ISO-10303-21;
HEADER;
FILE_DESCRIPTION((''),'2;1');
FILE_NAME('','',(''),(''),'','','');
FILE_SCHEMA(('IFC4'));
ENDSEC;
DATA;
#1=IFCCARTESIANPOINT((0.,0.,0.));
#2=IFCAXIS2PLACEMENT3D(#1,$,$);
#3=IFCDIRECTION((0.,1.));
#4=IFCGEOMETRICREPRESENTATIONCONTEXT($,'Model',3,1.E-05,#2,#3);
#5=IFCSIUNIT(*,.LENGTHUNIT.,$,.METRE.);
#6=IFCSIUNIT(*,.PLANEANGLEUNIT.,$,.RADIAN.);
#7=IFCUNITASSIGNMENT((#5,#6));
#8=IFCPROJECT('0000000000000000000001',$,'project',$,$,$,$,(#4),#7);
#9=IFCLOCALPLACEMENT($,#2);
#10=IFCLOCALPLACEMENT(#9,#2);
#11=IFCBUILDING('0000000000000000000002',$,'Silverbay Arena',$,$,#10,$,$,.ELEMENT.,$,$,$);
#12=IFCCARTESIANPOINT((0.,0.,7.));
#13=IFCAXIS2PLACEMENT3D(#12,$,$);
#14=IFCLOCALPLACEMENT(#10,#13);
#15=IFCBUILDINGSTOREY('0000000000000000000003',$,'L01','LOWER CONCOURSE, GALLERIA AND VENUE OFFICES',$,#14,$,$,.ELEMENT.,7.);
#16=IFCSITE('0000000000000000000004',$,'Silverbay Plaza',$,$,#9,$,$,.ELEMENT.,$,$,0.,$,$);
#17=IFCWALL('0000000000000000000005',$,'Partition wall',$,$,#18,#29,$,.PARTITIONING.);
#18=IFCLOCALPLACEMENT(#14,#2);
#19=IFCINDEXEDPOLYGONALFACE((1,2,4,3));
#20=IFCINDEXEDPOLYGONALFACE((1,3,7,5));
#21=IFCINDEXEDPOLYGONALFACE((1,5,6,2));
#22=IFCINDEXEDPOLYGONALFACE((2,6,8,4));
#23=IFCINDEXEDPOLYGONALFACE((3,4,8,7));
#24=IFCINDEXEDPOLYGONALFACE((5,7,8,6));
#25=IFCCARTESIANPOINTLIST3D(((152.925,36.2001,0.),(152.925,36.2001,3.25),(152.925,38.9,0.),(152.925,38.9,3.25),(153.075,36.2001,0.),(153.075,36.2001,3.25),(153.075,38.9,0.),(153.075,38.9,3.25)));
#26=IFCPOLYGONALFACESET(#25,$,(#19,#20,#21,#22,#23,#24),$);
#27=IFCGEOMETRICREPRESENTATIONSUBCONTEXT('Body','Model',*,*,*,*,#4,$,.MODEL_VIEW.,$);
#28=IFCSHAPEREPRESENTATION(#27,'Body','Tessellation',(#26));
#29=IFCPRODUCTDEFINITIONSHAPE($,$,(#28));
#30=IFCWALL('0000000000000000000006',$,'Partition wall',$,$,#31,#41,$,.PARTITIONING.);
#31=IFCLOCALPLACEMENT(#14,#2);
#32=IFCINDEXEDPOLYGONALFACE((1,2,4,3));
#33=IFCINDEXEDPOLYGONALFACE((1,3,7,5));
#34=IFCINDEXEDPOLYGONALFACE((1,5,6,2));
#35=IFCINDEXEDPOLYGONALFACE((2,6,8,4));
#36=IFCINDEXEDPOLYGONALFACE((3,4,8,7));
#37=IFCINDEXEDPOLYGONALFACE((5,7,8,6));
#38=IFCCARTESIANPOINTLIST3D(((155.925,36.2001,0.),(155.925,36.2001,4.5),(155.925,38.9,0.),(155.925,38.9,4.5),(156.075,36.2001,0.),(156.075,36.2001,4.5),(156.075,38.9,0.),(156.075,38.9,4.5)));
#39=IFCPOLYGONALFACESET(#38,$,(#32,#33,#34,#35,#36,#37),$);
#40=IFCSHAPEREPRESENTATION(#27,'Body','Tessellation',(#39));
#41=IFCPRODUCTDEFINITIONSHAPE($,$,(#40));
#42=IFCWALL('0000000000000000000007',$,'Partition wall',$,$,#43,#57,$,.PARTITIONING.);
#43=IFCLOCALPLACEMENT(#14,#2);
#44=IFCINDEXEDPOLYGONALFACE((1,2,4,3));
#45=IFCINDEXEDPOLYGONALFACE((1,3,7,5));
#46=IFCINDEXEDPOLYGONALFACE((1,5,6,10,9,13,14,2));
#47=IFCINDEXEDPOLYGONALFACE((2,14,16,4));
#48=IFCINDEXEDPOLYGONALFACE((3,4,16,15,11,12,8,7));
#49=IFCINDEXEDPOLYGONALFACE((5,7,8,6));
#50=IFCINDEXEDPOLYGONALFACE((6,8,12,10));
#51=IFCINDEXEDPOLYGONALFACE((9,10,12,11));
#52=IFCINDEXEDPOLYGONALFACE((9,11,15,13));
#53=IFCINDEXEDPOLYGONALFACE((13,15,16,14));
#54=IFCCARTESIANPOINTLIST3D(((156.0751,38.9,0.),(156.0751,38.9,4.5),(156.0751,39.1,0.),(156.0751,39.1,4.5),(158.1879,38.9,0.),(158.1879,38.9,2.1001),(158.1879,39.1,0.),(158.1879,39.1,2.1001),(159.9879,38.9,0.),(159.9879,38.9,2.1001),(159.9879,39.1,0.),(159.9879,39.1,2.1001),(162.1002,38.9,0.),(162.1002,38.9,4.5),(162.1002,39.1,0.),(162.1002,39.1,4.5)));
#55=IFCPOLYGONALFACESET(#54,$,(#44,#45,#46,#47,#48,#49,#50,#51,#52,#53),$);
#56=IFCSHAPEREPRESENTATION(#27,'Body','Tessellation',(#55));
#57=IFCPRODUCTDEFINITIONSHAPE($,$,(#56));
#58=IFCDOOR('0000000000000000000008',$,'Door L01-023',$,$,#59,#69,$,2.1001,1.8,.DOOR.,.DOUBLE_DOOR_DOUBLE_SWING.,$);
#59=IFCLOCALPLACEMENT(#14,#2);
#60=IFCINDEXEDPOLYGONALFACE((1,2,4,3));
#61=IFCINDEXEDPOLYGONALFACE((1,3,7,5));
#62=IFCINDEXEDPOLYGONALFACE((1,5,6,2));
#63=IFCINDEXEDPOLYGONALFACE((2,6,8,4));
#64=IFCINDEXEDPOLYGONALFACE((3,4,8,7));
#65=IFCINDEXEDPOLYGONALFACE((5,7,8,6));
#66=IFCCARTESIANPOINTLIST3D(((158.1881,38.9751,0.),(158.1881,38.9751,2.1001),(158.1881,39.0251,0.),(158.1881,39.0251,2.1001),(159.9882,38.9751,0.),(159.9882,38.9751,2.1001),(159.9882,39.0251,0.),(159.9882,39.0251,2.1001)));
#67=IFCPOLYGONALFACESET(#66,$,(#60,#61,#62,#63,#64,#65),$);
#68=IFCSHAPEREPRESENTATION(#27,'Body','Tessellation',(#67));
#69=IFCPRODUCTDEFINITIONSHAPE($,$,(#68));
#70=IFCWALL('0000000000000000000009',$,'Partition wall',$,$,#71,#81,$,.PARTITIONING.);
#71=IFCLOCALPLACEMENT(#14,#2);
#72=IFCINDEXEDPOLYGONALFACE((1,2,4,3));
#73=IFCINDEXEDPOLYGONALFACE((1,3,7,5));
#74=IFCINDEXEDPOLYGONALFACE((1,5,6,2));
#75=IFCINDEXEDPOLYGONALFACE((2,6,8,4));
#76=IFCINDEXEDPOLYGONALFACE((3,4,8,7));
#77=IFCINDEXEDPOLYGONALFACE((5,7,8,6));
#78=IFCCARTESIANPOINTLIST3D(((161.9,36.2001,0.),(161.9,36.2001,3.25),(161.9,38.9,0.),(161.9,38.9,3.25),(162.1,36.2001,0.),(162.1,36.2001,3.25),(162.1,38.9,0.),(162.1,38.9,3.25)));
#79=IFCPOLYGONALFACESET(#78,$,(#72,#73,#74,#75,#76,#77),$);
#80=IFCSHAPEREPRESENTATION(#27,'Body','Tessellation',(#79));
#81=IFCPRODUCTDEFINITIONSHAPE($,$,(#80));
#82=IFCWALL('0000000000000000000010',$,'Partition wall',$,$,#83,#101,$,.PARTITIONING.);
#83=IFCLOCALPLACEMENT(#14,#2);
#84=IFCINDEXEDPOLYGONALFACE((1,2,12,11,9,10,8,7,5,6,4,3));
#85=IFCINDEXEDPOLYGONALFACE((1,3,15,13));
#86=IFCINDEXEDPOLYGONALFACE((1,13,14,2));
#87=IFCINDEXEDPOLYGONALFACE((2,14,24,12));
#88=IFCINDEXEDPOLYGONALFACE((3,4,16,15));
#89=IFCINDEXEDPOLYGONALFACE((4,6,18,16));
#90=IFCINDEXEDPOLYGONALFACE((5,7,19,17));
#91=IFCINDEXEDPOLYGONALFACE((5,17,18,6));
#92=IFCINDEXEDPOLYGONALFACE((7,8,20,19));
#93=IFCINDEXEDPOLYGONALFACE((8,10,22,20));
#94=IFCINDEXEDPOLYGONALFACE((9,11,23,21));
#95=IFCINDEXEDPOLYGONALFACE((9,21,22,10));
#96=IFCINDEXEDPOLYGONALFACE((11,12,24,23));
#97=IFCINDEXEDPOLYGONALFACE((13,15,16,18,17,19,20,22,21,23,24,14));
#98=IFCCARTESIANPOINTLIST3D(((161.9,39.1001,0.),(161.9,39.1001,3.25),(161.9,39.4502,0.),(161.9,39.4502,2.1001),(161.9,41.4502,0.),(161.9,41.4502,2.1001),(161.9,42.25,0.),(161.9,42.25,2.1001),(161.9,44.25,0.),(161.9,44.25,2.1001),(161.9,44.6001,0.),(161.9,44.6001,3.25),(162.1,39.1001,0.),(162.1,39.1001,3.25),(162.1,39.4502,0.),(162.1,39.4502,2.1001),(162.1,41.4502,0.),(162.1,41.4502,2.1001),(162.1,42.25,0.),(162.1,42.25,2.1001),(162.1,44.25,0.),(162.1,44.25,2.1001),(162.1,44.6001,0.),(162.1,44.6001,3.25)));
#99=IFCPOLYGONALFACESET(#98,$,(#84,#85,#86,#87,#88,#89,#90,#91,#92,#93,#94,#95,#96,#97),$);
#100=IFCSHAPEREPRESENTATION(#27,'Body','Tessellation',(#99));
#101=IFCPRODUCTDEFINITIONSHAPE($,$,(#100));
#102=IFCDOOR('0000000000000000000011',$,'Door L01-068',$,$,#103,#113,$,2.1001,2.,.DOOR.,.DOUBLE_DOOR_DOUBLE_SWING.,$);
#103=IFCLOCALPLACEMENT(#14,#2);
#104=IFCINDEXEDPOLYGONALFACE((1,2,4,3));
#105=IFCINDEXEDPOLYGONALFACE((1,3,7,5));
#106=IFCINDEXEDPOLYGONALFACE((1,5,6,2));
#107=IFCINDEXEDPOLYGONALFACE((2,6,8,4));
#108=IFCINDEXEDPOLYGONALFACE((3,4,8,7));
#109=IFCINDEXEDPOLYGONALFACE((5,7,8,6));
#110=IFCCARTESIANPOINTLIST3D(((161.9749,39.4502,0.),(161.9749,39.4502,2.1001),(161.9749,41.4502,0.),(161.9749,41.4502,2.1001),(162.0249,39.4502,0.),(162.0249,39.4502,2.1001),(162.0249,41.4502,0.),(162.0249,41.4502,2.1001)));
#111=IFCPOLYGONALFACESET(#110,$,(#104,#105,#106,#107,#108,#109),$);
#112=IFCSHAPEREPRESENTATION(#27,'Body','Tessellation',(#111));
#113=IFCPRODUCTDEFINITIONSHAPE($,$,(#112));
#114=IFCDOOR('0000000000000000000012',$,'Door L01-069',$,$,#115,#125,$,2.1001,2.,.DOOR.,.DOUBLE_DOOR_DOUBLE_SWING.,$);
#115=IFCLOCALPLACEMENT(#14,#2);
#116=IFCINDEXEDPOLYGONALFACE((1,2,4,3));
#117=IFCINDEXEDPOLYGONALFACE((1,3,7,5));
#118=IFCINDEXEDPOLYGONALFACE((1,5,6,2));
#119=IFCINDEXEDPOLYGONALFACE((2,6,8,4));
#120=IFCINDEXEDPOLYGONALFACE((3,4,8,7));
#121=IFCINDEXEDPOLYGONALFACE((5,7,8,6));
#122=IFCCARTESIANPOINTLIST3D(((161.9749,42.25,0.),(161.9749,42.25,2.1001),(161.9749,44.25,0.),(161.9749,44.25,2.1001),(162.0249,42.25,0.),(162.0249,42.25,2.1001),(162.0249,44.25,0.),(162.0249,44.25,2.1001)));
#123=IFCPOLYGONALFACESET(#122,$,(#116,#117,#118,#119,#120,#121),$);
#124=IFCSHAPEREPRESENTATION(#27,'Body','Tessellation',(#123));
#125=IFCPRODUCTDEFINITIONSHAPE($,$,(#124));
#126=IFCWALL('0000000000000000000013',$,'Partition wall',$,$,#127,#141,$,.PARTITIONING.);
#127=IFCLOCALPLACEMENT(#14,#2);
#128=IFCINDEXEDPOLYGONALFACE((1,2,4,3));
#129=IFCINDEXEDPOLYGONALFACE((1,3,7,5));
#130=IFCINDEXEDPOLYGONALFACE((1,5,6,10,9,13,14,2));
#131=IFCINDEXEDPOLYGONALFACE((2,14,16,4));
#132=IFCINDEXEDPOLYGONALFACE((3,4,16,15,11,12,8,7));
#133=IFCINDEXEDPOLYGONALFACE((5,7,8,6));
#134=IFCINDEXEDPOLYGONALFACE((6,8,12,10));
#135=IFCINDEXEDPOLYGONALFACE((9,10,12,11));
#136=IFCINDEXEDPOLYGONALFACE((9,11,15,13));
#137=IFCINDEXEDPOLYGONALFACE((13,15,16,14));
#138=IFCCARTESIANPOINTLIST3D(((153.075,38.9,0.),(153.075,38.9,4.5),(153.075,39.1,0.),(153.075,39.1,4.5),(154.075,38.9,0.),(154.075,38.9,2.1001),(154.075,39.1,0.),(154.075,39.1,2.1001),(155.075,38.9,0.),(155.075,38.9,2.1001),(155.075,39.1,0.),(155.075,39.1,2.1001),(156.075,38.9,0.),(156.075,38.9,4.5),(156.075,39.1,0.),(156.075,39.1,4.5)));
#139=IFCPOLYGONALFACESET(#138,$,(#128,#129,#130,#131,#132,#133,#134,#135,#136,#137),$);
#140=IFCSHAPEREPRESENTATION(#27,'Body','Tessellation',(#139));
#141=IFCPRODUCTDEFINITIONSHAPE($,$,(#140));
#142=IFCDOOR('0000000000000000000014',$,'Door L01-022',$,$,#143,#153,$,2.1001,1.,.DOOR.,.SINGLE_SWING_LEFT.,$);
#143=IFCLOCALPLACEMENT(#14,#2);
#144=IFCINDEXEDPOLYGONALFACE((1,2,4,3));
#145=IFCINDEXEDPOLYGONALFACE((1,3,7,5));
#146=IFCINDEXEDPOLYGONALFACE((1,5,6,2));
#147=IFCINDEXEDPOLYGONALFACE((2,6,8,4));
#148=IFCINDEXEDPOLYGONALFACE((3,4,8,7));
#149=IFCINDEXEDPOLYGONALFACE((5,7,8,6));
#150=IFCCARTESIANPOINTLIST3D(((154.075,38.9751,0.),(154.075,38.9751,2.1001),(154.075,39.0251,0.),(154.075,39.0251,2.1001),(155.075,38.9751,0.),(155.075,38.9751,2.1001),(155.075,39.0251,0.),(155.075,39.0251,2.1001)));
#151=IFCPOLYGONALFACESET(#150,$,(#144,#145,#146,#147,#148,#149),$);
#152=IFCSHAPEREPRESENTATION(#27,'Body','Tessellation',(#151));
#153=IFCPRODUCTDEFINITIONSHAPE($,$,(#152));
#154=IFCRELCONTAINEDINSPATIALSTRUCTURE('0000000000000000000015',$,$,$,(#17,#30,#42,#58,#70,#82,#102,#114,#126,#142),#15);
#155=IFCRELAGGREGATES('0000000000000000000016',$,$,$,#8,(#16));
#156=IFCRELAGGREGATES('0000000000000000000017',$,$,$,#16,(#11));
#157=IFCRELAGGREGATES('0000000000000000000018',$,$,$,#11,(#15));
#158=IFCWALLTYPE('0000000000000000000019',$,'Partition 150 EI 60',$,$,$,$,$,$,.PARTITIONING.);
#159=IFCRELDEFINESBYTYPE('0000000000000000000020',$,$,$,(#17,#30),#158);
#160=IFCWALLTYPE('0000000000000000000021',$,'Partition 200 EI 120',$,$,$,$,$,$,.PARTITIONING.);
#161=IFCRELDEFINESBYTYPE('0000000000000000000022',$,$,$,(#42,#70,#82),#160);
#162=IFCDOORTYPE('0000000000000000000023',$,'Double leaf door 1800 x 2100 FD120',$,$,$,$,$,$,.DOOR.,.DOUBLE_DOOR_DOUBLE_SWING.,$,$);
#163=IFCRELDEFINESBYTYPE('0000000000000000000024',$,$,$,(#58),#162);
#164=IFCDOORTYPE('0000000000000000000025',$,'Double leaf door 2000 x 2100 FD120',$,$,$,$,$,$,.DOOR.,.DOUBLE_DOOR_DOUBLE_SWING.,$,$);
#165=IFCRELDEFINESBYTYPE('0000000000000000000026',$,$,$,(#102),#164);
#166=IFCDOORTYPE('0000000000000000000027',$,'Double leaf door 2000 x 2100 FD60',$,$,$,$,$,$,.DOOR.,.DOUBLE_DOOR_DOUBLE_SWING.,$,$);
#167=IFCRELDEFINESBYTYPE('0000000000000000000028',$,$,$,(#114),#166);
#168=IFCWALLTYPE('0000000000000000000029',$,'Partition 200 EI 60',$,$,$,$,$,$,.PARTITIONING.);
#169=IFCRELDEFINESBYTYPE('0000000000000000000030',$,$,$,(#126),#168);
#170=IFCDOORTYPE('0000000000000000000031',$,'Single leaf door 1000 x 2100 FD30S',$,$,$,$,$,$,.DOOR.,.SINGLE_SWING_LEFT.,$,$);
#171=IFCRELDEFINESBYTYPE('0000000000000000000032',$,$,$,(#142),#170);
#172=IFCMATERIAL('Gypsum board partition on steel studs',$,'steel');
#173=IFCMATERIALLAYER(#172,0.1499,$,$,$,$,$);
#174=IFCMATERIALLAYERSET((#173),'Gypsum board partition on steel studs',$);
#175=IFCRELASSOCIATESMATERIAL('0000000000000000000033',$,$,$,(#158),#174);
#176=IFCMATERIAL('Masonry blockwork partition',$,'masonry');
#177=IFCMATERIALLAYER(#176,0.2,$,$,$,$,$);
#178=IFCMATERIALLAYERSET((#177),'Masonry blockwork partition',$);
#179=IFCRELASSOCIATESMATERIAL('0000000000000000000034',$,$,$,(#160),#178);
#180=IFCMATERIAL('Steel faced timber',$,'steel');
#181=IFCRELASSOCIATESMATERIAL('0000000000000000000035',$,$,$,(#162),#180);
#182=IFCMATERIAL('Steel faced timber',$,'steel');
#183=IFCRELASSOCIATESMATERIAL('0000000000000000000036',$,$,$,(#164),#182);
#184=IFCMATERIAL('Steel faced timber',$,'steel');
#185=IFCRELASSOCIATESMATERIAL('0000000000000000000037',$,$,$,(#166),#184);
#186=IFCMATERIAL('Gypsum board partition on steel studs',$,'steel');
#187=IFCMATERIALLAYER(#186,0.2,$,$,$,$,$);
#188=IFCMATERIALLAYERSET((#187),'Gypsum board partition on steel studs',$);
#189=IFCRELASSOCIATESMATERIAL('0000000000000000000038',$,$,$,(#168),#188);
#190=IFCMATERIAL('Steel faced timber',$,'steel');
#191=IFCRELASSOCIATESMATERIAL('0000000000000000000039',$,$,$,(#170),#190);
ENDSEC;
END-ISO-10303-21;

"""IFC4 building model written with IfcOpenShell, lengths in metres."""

from ifc_helpers import new_model, si_unit, direction, frame, frame_2d, origin, place, context, subcontext, project, spatial, rectangle, extrude, material, layer, layer_set, type_object, element, fill, save


model = new_model("IFC4")

# Units and contexts
model_context = context("Model", 3, precision=1e-05, world=origin(), true_north=direction((0.0, 1.0)))
body_context = subcontext(model_context, "Body", "Model", "MODEL_VIEW")
ifc_project = project(units=[si_unit("LENGTHUNIT", "METRE"), si_unit("PLANEANGLEUNIT", "RADIAN")], contexts=[model_context])

# Site, building, storey
site_placement = place(None, origin())
site = spatial("IfcSite", under=ifc_project, at=site_placement, Name="Silverbay Plaza", CompositionType="ELEMENT", RefElevation=0.0)
building_placement = place(site_placement, origin())
building = spatial("IfcBuilding", under=site, at=building_placement, Name="Silverbay Arena", CompositionType="ELEMENT")
storey_placement = place(building_placement, frame((0.0, 0.0, 7.0)))
storey = spatial("IfcBuildingStorey", under=building, at=storey_placement, Name="L01", Description="LOWER CONCOURSE, GALLERIA AND VENUE OFFICES", CompositionType="ELEMENT", Elevation=7.0)

# Walls
ifc_material_1 = material(Name="Gypsum board partition on steel studs", Category="steel")
ifc_layer_1 = layer(ifc_material_1, 0.1499)
ifc_layer_set_1 = layer_set([ifc_layer_1], Name="Gypsum board partition on steel studs")
wall_type_1 = type_object("IfcWallType", Name="Partition 150 EI 60", PredefinedType="PARTITIONING", material=ifc_layer_set_1)
wall_1_placement = place(storey_placement, frame((153.0, 36.2, 0.0), z_axis=(0.0, 0.0, 1.0), x_axis=(0.0, 1.0, 0.0)))
element("IfcWall", 1, at=wall_1_placement, inside=storey, type_object=wall_type_1, Name="Partition wall", PredefinedType="PARTITIONING", context=body_context, shape_type="SweptSolid", body=[
    extrude(rectangle(XDim=2.7, YDim=0.1499, at=frame_2d((1.3501, 0.0))), origin(), (0.0, 0.0, 1.0), 3.25),
])
wall_2_placement = place(storey_placement, frame((156.0, 36.2, 0.0), z_axis=(0.0, 0.0, 1.0), x_axis=(0.0, 1.0, 0.0)))
element("IfcWall", 2, at=wall_2_placement, inside=storey, type_object=wall_type_1, Name="Partition wall", PredefinedType="PARTITIONING", context=body_context, shape_type="SweptSolid", body=[
    extrude(rectangle(XDim=2.7, YDim=0.1499, at=frame_2d((1.3501, 0.0))), origin(), (0.0, 0.0, 1.0), 4.5),
])

# Wall, opening, door
ifc_material_2 = material(Name="Masonry blockwork partition", Category="masonry")
ifc_layer_2 = layer(ifc_material_2, 0.2)
ifc_layer_set_2 = layer_set([ifc_layer_2], Name="Masonry blockwork partition")
wall_type_2 = type_object("IfcWallType", Name="Partition 200 EI 120", PredefinedType="PARTITIONING", material=ifc_layer_set_2)
wall_3_placement = place(storey_placement, frame((156.075, 39.0, 0.0), z_axis=(0.0, 0.0, 1.0), x_axis=(1.0, 0.0, 0.0)))
wall_3 = element("IfcWall", 3, at=wall_3_placement, inside=storey, type_object=wall_type_2, Name="Partition wall", PredefinedType="PARTITIONING", context=body_context, shape_type="SweptSolid", body=[
    extrude(rectangle(XDim=6.0251, YDim=0.2, at=frame_2d((3.0127, 0.0))), origin(), (0.0, 0.0, 1.0), 4.5),
])
opening_1_placement = place(wall_3_placement, frame((2.113, 0.0, 0.0)))
opening_1 = element("IfcOpeningElement", 4, at=opening_1_placement, cuts=wall_3, PredefinedType="OPENING", context=body_context, shape_type="SweptSolid", body=[
    extrude(rectangle(XDim=1.8, YDim=2.1001, at=frame_2d((0.8999, 1.05))), frame((0.0, 0.1099, 0.0), z_axis=(0.0, -1.0, 0.0), x_axis=(1.0, 0.0, 0.0)), (0.0, 0.0, 1.0), 0.22),
])
ifc_material_3 = material(Name="Steel faced timber", Category="steel")
door_type_1 = type_object("IfcDoorType", Name="Double leaf door 1800 x 2100 FD120", OperationType="DOUBLE_DOOR_DOUBLE_SWING", PredefinedType="DOOR", material=ifc_material_3)
door_1_placement = place(opening_1_placement, frame((1.8, 0.0, 0.0), z_axis=(0.0, 0.0, 1.0), x_axis=(-1.0, 0.0, 0.0)))
door_1 = element("IfcDoor", 5, at=door_1_placement, inside=storey, type_object=door_type_1, Name="Door L01-023", OperationType="DOUBLE_DOOR_DOUBLE_SWING", OverallHeight=2.1001, OverallWidth=1.8, PredefinedType="DOOR", context=body_context, shape_type="SweptSolid", body=[
    extrude(rectangle(XDim=1.8, YDim=2.1001, at=frame_2d((0.8999, 1.05))), frame((0.0, 0.0249, 0.0), z_axis=(0.0, -1.0, 0.0), x_axis=(1.0, 0.0, 0.0)), (0.0, 0.0, 1.0), 0.05),
])
fill(opening_1, door_1)

# Wall
wall_4_placement = place(storey_placement, frame((162.0, 36.2, 0.0), z_axis=(0.0, 0.0, 1.0), x_axis=(0.0, 1.0, 0.0)))
element("IfcWall", 6, at=wall_4_placement, inside=storey, type_object=wall_type_2, Name="Partition wall", PredefinedType="PARTITIONING", context=body_context, shape_type="SweptSolid", body=[
    extrude(rectangle(XDim=2.7, YDim=0.2, at=frame_2d((1.3501, 0.0))), origin(), (0.0, 0.0, 1.0), 3.25),
])

# Wall, openings, doors
wall_5_placement = place(storey_placement, frame((162.0, 39.1001, 0.0), z_axis=(0.0, 0.0, 1.0), x_axis=(0.0, 1.0, 0.0)))
wall_5 = element("IfcWall", 7, at=wall_5_placement, inside=storey, type_object=wall_type_2, Name="Partition wall", PredefinedType="PARTITIONING", context=body_context, shape_type="SweptSolid", body=[
    extrude(rectangle(XDim=5.5, YDim=0.2, at=frame_2d((2.75, 0.0))), origin(), (0.0, 0.0, 1.0), 3.25),
])
opening_2_placement = place(wall_5_placement, frame((0.3501, 0.0, 0.0)))
opening_2 = element("IfcOpeningElement", 8, at=opening_2_placement, cuts=wall_5, PredefinedType="OPENING", context=body_context, shape_type="SweptSolid", body=[
    extrude(rectangle(XDim=2.0, YDim=2.1001, at=frame_2d((1.0, 1.05))), frame((0.0, 0.1099, 0.0), z_axis=(0.0, -1.0, 0.0), x_axis=(1.0, 0.0, 0.0)), (0.0, 0.0, 1.0), 0.22),
])
opening_3_placement = place(wall_5_placement, frame((3.1499, 0.0, 0.0)))
opening_3 = element("IfcOpeningElement", 9, at=opening_3_placement, cuts=wall_5, PredefinedType="OPENING", context=body_context, shape_type="SweptSolid", body=[
    extrude(rectangle(XDim=2.0, YDim=2.1001, at=frame_2d((1.0, 1.05))), frame((0.0, 0.1099, 0.0), z_axis=(0.0, -1.0, 0.0), x_axis=(1.0, 0.0, 0.0)), (0.0, 0.0, 1.0), 0.22),
])
ifc_material_4 = material(Name="Steel faced timber", Category="steel")
door_type_2 = type_object("IfcDoorType", Name="Double leaf door 2000 x 2100 FD120", OperationType="DOUBLE_DOOR_DOUBLE_SWING", PredefinedType="DOOR", material=ifc_material_4)
door_2_placement = place(opening_2_placement, frame((2.0, 0.0, 0.0), z_axis=(0.0, 0.0, 1.0), x_axis=(-1.0, 0.0, 0.0)))
door_2 = element("IfcDoor", 10, at=door_2_placement, inside=storey, type_object=door_type_2, Name="Door L01-068", OperationType="DOUBLE_DOOR_DOUBLE_SWING", OverallHeight=2.1001, OverallWidth=2.0, PredefinedType="DOOR", context=body_context, shape_type="SweptSolid", body=[
    extrude(rectangle(XDim=2.0, YDim=2.1001, at=frame_2d((1.0, 1.05))), frame((0.0, 0.0249, 0.0), z_axis=(0.0, -1.0, 0.0), x_axis=(1.0, 0.0, 0.0)), (0.0, 0.0, 1.0), 0.05),
])
fill(opening_2, door_2)
ifc_material_5 = material(Name="Steel faced timber", Category="steel")
door_type_3 = type_object("IfcDoorType", Name="Double leaf door 2000 x 2100 FD60", OperationType="DOUBLE_DOOR_DOUBLE_SWING", PredefinedType="DOOR", material=ifc_material_5)
door_3_placement = place(opening_3_placement, frame((2.0, 0.0, 0.0), z_axis=(0.0, 0.0, 1.0), x_axis=(-1.0, 0.0, 0.0)))
door_3 = element("IfcDoor", 11, at=door_3_placement, inside=storey, type_object=door_type_3, Name="Door L01-069", OperationType="DOUBLE_DOOR_DOUBLE_SWING", OverallHeight=2.1001, OverallWidth=2.0, PredefinedType="DOOR", context=body_context, shape_type="SweptSolid", body=[
    extrude(rectangle(XDim=2.0, YDim=2.1001, at=frame_2d((1.0, 1.05))), frame((0.0, 0.0249, 0.0), z_axis=(0.0, -1.0, 0.0), x_axis=(1.0, 0.0, 0.0)), (0.0, 0.0, 1.0), 0.05),
])
fill(opening_3, door_3)

# Wall, opening, door
ifc_material_6 = material(Name="Gypsum board partition on steel studs", Category="steel")
ifc_layer_3 = layer(ifc_material_6, 0.2)
ifc_layer_set_3 = layer_set([ifc_layer_3], Name="Gypsum board partition on steel studs")
wall_type_3 = type_object("IfcWallType", Name="Partition 200 EI 60", PredefinedType="PARTITIONING", material=ifc_layer_set_3)
wall_6_placement = place(storey_placement, frame((153.075, 39.0, 0.0), z_axis=(0.0, 0.0, 1.0), x_axis=(1.0, 0.0, 0.0)))
wall_6 = element("IfcWall", 12, at=wall_6_placement, inside=storey, type_object=wall_type_3, Name="Partition wall", PredefinedType="PARTITIONING", context=body_context, shape_type="SweptSolid", body=[
    extrude(rectangle(XDim=3.0, YDim=0.2, at=frame_2d((1.5, 0.0))), origin(), (0.0, 0.0, 1.0), 4.5),
])
opening_4_placement = place(wall_6_placement, frame((1.0, 0.0, 0.0)))
opening_4 = element("IfcOpeningElement", 13, at=opening_4_placement, cuts=wall_6, PredefinedType="OPENING", context=body_context, shape_type="SweptSolid", body=[
    extrude(rectangle(XDim=1.0, YDim=2.1001, at=frame_2d((0.5, 1.05))), frame((0.0, 0.1099, 0.0), z_axis=(0.0, -1.0, 0.0), x_axis=(1.0, 0.0, 0.0)), (0.0, 0.0, 1.0), 0.22),
])
ifc_material_7 = material(Name="Steel faced timber", Category="steel")
door_type_4 = type_object("IfcDoorType", Name="Single leaf door 1000 x 2100 FD30S", OperationType="SINGLE_SWING_LEFT", PredefinedType="DOOR", material=ifc_material_7)
door_4_placement = place(opening_4_placement, frame((1.0, 0.0, 0.0), z_axis=(0.0, 0.0, 1.0), x_axis=(-1.0, 0.0, 0.0)))
door_4 = element("IfcDoor", 14, at=door_4_placement, inside=storey, type_object=door_type_4, Name="Door L01-022", OperationType="SINGLE_SWING_LEFT", OverallHeight=2.1001, OverallWidth=1.0, PredefinedType="DOOR", context=body_context, shape_type="SweptSolid", body=[
    extrude(rectangle(XDim=1.0, YDim=2.1001, at=frame_2d((0.5, 1.05))), frame((0.0, 0.0249, 0.0), z_axis=(0.0, -1.0, 0.0), x_axis=(1.0, 0.0, 0.0)), (0.0, 0.0, 1.0), 0.05),
])
fill(opening_4, door_4)

save(model, "model.ifc")
